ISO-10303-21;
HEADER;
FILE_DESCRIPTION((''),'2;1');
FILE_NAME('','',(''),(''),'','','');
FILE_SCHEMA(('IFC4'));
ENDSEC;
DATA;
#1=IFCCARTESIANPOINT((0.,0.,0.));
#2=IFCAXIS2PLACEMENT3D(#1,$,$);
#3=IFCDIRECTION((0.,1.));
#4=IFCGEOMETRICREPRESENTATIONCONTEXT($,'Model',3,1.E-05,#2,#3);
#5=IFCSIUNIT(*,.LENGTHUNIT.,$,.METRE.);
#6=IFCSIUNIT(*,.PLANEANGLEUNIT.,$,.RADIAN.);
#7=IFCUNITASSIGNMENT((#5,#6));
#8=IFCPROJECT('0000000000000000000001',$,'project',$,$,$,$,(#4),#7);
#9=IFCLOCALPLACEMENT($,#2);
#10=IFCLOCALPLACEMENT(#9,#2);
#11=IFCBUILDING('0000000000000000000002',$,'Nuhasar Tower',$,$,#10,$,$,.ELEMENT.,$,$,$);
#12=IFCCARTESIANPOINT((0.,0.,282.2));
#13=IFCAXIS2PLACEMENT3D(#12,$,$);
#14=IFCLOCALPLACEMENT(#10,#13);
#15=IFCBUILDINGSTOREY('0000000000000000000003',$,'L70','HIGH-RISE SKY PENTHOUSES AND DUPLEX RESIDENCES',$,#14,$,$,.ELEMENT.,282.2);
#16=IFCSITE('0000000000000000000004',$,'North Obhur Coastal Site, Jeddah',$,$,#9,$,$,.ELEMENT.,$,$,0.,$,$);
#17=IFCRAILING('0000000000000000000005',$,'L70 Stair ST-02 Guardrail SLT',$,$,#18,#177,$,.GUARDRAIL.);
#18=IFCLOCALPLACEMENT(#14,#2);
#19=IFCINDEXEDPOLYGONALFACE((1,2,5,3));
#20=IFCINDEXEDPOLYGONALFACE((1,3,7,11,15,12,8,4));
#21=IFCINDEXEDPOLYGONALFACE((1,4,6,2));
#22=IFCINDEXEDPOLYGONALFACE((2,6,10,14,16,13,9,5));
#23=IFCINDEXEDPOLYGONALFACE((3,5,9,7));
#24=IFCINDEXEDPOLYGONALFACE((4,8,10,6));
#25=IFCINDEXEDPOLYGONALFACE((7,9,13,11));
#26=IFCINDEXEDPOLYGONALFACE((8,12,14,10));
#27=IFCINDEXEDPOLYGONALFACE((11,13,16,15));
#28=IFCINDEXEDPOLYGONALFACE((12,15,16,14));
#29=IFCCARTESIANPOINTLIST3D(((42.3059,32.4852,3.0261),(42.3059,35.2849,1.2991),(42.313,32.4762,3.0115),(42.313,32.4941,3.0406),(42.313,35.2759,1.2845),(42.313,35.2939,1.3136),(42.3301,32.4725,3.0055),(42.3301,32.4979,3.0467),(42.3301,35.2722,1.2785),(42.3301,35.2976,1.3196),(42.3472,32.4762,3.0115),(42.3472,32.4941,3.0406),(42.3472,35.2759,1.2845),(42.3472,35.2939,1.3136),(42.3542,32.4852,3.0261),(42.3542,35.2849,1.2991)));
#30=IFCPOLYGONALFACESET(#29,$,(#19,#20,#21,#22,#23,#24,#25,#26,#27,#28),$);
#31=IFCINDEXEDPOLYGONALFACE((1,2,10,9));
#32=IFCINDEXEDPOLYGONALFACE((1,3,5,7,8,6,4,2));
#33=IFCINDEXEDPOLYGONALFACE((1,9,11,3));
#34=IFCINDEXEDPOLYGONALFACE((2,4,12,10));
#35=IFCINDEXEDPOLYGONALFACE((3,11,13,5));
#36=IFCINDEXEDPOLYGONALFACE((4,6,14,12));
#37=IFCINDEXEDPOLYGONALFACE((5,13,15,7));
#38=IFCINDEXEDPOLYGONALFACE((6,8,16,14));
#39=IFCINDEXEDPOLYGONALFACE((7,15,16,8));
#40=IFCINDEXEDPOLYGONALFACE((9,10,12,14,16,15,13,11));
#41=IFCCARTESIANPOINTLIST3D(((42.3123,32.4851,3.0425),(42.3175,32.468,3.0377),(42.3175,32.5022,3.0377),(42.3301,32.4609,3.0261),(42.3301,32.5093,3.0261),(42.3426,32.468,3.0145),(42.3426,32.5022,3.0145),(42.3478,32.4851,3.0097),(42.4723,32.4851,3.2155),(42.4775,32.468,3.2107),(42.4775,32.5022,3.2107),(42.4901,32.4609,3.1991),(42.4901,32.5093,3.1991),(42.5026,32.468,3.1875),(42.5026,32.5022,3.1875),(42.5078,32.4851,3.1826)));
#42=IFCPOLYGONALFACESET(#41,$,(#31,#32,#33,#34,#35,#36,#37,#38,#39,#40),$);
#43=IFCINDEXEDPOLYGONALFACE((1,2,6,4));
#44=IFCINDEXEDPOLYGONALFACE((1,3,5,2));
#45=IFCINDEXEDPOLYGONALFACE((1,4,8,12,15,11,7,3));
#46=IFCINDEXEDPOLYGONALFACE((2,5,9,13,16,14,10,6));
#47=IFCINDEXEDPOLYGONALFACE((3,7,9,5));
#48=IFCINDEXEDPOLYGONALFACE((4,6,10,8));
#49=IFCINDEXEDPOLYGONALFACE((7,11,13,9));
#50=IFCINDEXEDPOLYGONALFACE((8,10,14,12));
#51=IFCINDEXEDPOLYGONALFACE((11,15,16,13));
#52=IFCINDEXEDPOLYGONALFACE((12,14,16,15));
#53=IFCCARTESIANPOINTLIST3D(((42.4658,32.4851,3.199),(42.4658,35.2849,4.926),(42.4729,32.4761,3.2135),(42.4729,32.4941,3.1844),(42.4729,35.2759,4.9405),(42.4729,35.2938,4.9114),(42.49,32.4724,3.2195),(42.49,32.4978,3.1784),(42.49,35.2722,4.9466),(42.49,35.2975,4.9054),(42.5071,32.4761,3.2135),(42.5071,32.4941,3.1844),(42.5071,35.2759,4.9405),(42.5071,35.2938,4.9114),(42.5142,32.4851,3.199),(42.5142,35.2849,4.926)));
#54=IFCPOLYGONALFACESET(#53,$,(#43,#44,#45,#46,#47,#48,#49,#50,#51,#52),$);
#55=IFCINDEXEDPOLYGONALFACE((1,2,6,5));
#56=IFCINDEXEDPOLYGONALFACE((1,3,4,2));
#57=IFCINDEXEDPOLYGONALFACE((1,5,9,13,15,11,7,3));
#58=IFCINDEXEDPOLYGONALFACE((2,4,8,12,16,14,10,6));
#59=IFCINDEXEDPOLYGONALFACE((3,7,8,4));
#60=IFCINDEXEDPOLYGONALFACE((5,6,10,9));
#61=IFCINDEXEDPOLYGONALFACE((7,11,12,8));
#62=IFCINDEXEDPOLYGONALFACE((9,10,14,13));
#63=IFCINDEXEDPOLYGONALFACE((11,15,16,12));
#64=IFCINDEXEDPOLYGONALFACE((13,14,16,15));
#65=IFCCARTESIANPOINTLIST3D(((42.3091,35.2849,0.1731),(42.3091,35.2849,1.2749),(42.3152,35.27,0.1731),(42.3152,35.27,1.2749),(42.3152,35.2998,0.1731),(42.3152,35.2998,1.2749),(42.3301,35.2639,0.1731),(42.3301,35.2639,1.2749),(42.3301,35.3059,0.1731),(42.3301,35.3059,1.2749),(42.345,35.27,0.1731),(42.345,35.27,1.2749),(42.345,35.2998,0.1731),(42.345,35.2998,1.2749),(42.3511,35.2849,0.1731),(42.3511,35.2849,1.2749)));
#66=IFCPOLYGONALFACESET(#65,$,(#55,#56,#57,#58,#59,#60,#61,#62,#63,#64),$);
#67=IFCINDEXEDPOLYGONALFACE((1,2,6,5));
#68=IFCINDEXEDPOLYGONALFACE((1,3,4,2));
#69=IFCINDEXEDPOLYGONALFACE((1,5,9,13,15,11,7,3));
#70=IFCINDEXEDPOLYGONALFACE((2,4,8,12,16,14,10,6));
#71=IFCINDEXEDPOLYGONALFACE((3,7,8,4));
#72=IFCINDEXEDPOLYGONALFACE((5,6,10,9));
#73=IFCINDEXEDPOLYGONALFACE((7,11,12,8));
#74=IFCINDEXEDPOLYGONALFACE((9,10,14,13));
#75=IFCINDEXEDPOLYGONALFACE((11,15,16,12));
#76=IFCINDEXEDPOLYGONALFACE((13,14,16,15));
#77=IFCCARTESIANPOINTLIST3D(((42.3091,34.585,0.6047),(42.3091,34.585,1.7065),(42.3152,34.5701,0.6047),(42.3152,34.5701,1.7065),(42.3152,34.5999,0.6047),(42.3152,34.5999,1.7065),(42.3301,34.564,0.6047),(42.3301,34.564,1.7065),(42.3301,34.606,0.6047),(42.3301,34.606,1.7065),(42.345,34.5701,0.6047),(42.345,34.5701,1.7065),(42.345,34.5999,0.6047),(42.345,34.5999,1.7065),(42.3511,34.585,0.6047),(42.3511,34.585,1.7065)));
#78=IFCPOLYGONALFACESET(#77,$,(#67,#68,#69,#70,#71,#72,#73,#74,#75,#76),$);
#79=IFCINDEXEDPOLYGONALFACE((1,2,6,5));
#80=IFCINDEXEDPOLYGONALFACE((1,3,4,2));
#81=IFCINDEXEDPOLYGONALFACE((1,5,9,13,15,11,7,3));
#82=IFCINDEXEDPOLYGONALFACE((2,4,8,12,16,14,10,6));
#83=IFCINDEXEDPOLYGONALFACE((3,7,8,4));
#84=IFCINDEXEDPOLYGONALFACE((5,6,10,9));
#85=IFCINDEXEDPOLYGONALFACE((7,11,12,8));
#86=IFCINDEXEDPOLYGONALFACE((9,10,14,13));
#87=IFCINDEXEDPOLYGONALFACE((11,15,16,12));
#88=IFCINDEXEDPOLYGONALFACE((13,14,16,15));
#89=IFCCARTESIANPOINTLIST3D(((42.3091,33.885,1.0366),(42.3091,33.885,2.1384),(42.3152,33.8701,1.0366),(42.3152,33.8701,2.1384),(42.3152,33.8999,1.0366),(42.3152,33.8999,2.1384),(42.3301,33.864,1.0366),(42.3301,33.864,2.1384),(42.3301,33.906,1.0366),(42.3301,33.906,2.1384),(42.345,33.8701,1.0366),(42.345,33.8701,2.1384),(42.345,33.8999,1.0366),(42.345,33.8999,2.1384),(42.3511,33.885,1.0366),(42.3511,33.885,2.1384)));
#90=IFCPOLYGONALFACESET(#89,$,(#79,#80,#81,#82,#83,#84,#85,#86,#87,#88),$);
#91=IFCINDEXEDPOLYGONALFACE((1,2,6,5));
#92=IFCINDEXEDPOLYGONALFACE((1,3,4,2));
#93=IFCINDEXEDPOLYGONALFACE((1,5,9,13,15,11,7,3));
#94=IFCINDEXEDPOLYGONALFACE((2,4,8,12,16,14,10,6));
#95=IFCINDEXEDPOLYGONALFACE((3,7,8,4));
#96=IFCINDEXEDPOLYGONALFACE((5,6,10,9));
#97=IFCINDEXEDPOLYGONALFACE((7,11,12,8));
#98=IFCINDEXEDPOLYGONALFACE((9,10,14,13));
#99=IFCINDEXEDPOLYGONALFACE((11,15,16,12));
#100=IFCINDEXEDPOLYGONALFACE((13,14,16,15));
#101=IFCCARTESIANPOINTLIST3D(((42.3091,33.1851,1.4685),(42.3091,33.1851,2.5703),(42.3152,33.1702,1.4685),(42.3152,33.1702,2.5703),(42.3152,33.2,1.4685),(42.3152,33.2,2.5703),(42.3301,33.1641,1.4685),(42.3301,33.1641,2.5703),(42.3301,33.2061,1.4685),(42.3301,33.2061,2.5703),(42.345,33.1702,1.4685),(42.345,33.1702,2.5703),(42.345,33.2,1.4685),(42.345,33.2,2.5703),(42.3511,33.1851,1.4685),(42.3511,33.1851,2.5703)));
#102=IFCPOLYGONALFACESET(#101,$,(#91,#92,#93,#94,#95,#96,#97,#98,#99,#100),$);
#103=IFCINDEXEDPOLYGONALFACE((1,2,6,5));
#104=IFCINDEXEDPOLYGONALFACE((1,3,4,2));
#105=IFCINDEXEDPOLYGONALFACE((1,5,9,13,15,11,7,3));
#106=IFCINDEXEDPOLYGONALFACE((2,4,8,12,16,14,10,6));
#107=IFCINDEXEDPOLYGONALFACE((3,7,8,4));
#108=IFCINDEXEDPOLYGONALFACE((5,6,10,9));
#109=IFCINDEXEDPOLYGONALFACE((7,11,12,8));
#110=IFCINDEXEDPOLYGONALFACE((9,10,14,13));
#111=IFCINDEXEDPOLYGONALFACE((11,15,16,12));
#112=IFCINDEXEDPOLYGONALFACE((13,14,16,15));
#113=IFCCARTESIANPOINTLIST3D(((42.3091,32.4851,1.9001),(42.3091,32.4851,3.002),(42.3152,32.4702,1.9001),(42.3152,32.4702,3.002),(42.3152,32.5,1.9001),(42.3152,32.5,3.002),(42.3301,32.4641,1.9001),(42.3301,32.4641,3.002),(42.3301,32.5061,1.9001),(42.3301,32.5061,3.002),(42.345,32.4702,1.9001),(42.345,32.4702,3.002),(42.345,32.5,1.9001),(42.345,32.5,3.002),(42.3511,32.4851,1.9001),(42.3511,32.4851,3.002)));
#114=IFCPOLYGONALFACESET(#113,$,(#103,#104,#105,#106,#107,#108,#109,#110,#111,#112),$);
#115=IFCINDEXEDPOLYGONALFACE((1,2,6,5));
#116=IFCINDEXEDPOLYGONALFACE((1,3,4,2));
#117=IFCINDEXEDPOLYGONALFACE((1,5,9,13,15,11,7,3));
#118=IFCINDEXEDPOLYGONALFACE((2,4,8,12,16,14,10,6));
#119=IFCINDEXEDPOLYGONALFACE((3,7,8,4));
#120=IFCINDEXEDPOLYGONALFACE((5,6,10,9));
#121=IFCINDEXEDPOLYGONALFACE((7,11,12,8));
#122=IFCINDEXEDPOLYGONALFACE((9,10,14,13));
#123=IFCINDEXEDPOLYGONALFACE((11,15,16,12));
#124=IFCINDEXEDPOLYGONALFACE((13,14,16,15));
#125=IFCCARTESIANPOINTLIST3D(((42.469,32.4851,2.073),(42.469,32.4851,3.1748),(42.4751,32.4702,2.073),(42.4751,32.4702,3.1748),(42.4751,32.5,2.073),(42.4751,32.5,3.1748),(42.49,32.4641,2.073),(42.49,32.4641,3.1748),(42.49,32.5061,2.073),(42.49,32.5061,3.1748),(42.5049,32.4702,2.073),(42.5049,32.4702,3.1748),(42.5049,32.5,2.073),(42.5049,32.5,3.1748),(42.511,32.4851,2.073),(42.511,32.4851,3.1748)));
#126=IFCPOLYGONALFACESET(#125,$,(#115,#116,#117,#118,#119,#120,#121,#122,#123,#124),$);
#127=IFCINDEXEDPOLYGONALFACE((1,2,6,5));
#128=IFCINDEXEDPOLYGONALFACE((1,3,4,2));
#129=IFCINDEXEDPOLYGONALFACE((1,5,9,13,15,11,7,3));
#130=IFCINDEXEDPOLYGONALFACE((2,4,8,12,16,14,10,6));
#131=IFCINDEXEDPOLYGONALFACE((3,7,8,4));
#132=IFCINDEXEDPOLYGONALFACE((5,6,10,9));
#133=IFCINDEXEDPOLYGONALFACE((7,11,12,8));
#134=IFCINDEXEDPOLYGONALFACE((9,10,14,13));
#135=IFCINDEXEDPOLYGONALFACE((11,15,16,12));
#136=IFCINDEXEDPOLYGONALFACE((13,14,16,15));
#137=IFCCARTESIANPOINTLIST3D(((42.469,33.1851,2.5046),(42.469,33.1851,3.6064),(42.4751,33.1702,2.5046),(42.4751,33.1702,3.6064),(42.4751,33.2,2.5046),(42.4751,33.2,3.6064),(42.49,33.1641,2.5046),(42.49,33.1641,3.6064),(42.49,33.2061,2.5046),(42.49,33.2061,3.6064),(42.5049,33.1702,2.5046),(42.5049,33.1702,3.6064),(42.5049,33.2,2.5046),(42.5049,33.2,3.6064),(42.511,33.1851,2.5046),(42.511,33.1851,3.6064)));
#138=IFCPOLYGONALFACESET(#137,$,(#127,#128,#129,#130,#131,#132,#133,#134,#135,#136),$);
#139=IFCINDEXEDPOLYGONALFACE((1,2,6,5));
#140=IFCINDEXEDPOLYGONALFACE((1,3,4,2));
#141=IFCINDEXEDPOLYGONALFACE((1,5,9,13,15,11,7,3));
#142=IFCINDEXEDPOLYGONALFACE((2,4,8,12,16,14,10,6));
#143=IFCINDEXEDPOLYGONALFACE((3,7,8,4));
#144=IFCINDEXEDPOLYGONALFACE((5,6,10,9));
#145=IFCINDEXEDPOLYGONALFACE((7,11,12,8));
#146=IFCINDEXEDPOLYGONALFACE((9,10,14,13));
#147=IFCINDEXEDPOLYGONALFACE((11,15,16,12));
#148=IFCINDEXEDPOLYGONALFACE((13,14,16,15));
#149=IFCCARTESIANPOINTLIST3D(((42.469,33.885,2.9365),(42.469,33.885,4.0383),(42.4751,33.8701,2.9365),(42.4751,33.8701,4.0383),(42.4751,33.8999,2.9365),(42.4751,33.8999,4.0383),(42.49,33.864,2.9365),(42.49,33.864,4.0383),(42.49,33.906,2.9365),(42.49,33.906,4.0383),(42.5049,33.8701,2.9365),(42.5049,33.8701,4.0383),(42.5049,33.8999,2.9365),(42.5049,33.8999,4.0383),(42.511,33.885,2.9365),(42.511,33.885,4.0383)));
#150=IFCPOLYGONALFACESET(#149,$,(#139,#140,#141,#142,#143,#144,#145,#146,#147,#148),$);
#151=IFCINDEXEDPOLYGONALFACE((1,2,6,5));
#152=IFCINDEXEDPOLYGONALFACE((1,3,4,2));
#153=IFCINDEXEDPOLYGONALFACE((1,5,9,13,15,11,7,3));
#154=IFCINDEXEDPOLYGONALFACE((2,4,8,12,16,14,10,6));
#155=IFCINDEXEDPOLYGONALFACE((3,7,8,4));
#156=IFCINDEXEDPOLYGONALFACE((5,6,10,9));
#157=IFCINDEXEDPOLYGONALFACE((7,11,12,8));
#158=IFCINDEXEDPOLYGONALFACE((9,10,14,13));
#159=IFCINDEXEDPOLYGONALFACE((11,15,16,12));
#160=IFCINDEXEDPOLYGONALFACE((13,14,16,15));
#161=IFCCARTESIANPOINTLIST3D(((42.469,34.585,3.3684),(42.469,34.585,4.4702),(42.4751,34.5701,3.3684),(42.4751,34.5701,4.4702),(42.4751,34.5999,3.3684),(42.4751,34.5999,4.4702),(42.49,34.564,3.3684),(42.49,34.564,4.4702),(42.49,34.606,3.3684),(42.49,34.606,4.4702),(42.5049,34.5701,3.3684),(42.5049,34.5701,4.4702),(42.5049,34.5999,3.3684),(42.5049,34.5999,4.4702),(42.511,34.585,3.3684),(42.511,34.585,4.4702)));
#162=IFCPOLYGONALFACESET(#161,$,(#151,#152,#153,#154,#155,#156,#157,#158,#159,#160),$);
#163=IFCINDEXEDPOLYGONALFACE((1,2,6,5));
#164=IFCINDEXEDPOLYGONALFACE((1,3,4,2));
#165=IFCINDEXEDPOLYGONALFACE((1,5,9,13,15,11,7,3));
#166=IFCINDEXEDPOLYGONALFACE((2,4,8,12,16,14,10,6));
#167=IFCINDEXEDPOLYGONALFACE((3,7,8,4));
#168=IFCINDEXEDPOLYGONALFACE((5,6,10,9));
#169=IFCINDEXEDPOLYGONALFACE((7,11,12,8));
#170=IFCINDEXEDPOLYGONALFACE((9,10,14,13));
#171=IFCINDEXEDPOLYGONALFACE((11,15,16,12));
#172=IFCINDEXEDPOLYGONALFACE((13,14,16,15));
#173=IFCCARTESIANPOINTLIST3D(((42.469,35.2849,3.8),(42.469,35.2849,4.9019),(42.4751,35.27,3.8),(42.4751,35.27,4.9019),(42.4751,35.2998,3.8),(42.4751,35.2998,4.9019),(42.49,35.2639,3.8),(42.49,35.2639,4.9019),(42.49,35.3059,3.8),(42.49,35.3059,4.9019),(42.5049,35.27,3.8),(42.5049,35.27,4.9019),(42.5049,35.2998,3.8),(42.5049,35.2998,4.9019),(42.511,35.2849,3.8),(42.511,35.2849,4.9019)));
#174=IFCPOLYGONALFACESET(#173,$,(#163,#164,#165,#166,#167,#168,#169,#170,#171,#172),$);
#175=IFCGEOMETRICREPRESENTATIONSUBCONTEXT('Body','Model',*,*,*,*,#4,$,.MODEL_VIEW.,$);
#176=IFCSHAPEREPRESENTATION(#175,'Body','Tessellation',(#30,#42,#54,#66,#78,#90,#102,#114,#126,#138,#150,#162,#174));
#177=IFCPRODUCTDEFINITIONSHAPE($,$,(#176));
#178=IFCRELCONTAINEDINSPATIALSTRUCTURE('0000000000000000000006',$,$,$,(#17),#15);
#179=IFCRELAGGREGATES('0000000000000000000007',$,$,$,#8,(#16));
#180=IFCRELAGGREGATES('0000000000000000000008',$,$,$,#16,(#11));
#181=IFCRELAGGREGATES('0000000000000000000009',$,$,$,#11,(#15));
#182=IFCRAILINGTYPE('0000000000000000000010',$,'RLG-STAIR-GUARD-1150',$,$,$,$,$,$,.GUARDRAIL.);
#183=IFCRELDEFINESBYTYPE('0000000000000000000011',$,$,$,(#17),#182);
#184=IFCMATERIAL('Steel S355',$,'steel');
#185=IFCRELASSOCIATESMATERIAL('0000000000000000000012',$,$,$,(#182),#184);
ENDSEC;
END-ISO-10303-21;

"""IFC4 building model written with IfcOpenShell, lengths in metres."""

from ifc_helpers import new_model, si_unit, direction, frame, origin, place, context, subcontext, project, spatial, polyline, outline, extrude, material, type_object, element, save


model = new_model("IFC4")

# Units and contexts
model_context = context("Model", 3, precision=1e-05, world=origin(), true_north=direction((0.0, 1.0)))
body_context = subcontext(model_context, "Body", "Model", "MODEL_VIEW")
ifc_project = project(units=[si_unit("LENGTHUNIT", "METRE"), si_unit("PLANEANGLEUNIT", "RADIAN")], contexts=[model_context])

# Site, building, storey
site_placement = place(None, origin())
site = spatial("IfcSite", under=ifc_project, at=site_placement, Name="North Obhur Coastal Site, Jeddah", CompositionType="ELEMENT", RefElevation=0.0)
building_placement = place(site_placement, origin())
building = spatial("IfcBuilding", under=site, at=building_placement, Name="Nuhasar Tower", CompositionType="ELEMENT")
storey_placement = place(building_placement, frame((0.0, 0.0, 282.2)))
storey = spatial("IfcBuildingStorey", under=building, at=storey_placement, Name="L70", Description="HIGH-RISE SKY PENTHOUSES AND DUPLEX RESIDENCES", CompositionType="ELEMENT", Elevation=282.2)

# Shared definitions
ifc_material_1 = material(Name="Steel S355", Category="steel")

# Railing
railing_type_1 = type_object("IfcRailingType", Name="RLG-STAIR-GUARD-1150", PredefinedType="GUARDRAIL", material=ifc_material_1)
railing_1_placement = place(storey_placement, frame((42.3301, 35.2849, 0.1731)))
element("IfcRailing", 1, at=railing_1_placement, inside=storey, type_object=railing_type_1, Name="L70 Stair ST-02 Guardrail SLT", PredefinedType="GUARDRAIL", context=body_context, shape_type="SweptSolid", body=[
    extrude(outline(polyline([(0.0242, 0.0), (0.0171, 0.0171), (0.0, 0.0242), (-0.0171, 0.0171), (-0.0242, 0.0), (-0.0171, -0.0171), (0.0, -0.0242), (0.0171, -0.0171), (0.0242, 0.0)])), frame((0.0, 0.0, 1.126), z_axis=(0.0, -0.851102, 0.525), x_axis=(1.0, 0.0, 0.0)), (0.0, 0.0, 1.0), 3.2896),
    extrude(outline(polyline([(0.0242, 0.0), (0.0171, 0.0171), (0.0, 0.0242), (-0.0171, 0.0171), (-0.0242, 0.0), (-0.0171, -0.0171), (0.0, -0.0242), (0.0171, -0.0171), (0.0242, 0.0)])), frame((0.0, -2.7998, 2.853), z_axis=(0.679098, 0.0, 0.734048), x_axis=(0.0, 1.0, 0.0)), (0.0, 0.0, 1.0), 0.2356),
    extrude(outline(polyline([(0.0242, 0.0), (0.0171, 0.0171), (0.0, 0.0242), (-0.0171, 0.0171), (-0.0242, 0.0), (-0.0171, -0.0171), (0.0, -0.0242), (0.0171, -0.0171), (0.0242, 0.0)])), frame((0.1599, -2.7998, 3.0259), z_axis=(0.0, 0.851102, 0.525), x_axis=(-1.0, 0.0, 0.0)), (0.0, 0.0, 1.0), 3.2896),
    extrude(outline(polyline([(0.021, 0.0), (0.0149, 0.0149), (0.0, 0.021), (-0.0149, 0.0149), (-0.021, 0.0), (-0.0149, -0.0149), (0.0, -0.021), (0.0149, -0.0149), (0.021, 0.0)])), origin(), (0.0, 0.0, 1.0), 1.1018),
    extrude(outline(polyline([(0.021, 0.0), (0.0149, 0.0149), (0.0, 0.021), (-0.0149, 0.0149), (-0.021, 0.0), (-0.0149, -0.0149), (0.0, -0.021), (0.0149, -0.0149), (0.021, 0.0)])), frame((0.0, -0.7, 0.4316)), (0.0, 0.0, 1.0), 1.1018),
    extrude(outline(polyline([(0.021, 0.0), (0.0149, 0.0149), (0.0, 0.021), (-0.0149, 0.0149), (-0.021, 0.0), (-0.0149, -0.0149), (0.0, -0.021), (0.0149, -0.0149), (0.021, 0.0)])), frame((0.0, -1.3999, 0.8635)), (0.0, 0.0, 1.0), 1.1018),
    extrude(outline(polyline([(0.021, 0.0), (0.0149, 0.0149), (0.0, 0.021), (-0.0149, 0.0149), (-0.021, 0.0), (-0.0149, -0.0149), (0.0, -0.021), (0.0149, -0.0149), (0.021, 0.0)])), frame((0.0, -2.0999, 1.2954)), (0.0, 0.0, 1.0), 1.1018),
    extrude(outline(polyline([(0.021, 0.0), (0.0149, 0.0149), (0.0, 0.021), (-0.0149, 0.0149), (-0.021, 0.0), (-0.0149, -0.0149), (0.0, -0.021), (0.0149, -0.0149), (0.021, 0.0)])), frame((0.0, -2.7998, 1.7271)), (0.0, 0.0, 1.0), 1.1018),
    extrude(outline(polyline([(0.021, 0.0), (0.0149, 0.0149), (0.0, 0.021), (-0.0149, 0.0149), (-0.021, 0.0), (-0.0149, -0.0149), (0.0, -0.021), (0.0149, -0.0149), (0.021, 0.0)])), frame((0.1599, -2.7998, 1.8999)), (0.0, 0.0, 1.0), 1.1018),
    extrude(outline(polyline([(0.021, 0.0), (0.0149, 0.0149), (0.0, 0.021), (-0.0149, 0.0149), (-0.021, 0.0), (-0.0149, -0.0149), (0.0, -0.021), (0.0149, -0.0149), (0.021, 0.0)])), frame((0.1599, -2.0999, 2.3315)), (0.0, 0.0, 1.0), 1.1018),
    extrude(outline(polyline([(0.021, 0.0), (0.0149, 0.0149), (0.0, 0.021), (-0.0149, 0.0149), (-0.021, 0.0), (-0.0149, -0.0149), (0.0, -0.021), (0.0149, -0.0149), (0.021, 0.0)])), frame((0.1599, -1.3999, 2.7634)), (0.0, 0.0, 1.0), 1.1018),
    extrude(outline(polyline([(0.021, 0.0), (0.0149, 0.0149), (0.0, 0.021), (-0.0149, 0.0149), (-0.021, 0.0), (-0.0149, -0.0149), (0.0, -0.021), (0.0149, -0.0149), (0.021, 0.0)])), frame((0.1599, -0.7, 3.1953)), (0.0, 0.0, 1.0), 1.1018),
    extrude(outline(polyline([(0.021, 0.0), (0.0149, 0.0149), (0.0, 0.021), (-0.0149, 0.0149), (-0.021, 0.0), (-0.0149, -0.0149), (0.0, -0.021), (0.0149, -0.0149), (0.021, 0.0)])), frame((0.1599, 0.0, 3.627)), (0.0, 0.0, 1.0), 1.1018),
])

save(model, "model.ifc")
